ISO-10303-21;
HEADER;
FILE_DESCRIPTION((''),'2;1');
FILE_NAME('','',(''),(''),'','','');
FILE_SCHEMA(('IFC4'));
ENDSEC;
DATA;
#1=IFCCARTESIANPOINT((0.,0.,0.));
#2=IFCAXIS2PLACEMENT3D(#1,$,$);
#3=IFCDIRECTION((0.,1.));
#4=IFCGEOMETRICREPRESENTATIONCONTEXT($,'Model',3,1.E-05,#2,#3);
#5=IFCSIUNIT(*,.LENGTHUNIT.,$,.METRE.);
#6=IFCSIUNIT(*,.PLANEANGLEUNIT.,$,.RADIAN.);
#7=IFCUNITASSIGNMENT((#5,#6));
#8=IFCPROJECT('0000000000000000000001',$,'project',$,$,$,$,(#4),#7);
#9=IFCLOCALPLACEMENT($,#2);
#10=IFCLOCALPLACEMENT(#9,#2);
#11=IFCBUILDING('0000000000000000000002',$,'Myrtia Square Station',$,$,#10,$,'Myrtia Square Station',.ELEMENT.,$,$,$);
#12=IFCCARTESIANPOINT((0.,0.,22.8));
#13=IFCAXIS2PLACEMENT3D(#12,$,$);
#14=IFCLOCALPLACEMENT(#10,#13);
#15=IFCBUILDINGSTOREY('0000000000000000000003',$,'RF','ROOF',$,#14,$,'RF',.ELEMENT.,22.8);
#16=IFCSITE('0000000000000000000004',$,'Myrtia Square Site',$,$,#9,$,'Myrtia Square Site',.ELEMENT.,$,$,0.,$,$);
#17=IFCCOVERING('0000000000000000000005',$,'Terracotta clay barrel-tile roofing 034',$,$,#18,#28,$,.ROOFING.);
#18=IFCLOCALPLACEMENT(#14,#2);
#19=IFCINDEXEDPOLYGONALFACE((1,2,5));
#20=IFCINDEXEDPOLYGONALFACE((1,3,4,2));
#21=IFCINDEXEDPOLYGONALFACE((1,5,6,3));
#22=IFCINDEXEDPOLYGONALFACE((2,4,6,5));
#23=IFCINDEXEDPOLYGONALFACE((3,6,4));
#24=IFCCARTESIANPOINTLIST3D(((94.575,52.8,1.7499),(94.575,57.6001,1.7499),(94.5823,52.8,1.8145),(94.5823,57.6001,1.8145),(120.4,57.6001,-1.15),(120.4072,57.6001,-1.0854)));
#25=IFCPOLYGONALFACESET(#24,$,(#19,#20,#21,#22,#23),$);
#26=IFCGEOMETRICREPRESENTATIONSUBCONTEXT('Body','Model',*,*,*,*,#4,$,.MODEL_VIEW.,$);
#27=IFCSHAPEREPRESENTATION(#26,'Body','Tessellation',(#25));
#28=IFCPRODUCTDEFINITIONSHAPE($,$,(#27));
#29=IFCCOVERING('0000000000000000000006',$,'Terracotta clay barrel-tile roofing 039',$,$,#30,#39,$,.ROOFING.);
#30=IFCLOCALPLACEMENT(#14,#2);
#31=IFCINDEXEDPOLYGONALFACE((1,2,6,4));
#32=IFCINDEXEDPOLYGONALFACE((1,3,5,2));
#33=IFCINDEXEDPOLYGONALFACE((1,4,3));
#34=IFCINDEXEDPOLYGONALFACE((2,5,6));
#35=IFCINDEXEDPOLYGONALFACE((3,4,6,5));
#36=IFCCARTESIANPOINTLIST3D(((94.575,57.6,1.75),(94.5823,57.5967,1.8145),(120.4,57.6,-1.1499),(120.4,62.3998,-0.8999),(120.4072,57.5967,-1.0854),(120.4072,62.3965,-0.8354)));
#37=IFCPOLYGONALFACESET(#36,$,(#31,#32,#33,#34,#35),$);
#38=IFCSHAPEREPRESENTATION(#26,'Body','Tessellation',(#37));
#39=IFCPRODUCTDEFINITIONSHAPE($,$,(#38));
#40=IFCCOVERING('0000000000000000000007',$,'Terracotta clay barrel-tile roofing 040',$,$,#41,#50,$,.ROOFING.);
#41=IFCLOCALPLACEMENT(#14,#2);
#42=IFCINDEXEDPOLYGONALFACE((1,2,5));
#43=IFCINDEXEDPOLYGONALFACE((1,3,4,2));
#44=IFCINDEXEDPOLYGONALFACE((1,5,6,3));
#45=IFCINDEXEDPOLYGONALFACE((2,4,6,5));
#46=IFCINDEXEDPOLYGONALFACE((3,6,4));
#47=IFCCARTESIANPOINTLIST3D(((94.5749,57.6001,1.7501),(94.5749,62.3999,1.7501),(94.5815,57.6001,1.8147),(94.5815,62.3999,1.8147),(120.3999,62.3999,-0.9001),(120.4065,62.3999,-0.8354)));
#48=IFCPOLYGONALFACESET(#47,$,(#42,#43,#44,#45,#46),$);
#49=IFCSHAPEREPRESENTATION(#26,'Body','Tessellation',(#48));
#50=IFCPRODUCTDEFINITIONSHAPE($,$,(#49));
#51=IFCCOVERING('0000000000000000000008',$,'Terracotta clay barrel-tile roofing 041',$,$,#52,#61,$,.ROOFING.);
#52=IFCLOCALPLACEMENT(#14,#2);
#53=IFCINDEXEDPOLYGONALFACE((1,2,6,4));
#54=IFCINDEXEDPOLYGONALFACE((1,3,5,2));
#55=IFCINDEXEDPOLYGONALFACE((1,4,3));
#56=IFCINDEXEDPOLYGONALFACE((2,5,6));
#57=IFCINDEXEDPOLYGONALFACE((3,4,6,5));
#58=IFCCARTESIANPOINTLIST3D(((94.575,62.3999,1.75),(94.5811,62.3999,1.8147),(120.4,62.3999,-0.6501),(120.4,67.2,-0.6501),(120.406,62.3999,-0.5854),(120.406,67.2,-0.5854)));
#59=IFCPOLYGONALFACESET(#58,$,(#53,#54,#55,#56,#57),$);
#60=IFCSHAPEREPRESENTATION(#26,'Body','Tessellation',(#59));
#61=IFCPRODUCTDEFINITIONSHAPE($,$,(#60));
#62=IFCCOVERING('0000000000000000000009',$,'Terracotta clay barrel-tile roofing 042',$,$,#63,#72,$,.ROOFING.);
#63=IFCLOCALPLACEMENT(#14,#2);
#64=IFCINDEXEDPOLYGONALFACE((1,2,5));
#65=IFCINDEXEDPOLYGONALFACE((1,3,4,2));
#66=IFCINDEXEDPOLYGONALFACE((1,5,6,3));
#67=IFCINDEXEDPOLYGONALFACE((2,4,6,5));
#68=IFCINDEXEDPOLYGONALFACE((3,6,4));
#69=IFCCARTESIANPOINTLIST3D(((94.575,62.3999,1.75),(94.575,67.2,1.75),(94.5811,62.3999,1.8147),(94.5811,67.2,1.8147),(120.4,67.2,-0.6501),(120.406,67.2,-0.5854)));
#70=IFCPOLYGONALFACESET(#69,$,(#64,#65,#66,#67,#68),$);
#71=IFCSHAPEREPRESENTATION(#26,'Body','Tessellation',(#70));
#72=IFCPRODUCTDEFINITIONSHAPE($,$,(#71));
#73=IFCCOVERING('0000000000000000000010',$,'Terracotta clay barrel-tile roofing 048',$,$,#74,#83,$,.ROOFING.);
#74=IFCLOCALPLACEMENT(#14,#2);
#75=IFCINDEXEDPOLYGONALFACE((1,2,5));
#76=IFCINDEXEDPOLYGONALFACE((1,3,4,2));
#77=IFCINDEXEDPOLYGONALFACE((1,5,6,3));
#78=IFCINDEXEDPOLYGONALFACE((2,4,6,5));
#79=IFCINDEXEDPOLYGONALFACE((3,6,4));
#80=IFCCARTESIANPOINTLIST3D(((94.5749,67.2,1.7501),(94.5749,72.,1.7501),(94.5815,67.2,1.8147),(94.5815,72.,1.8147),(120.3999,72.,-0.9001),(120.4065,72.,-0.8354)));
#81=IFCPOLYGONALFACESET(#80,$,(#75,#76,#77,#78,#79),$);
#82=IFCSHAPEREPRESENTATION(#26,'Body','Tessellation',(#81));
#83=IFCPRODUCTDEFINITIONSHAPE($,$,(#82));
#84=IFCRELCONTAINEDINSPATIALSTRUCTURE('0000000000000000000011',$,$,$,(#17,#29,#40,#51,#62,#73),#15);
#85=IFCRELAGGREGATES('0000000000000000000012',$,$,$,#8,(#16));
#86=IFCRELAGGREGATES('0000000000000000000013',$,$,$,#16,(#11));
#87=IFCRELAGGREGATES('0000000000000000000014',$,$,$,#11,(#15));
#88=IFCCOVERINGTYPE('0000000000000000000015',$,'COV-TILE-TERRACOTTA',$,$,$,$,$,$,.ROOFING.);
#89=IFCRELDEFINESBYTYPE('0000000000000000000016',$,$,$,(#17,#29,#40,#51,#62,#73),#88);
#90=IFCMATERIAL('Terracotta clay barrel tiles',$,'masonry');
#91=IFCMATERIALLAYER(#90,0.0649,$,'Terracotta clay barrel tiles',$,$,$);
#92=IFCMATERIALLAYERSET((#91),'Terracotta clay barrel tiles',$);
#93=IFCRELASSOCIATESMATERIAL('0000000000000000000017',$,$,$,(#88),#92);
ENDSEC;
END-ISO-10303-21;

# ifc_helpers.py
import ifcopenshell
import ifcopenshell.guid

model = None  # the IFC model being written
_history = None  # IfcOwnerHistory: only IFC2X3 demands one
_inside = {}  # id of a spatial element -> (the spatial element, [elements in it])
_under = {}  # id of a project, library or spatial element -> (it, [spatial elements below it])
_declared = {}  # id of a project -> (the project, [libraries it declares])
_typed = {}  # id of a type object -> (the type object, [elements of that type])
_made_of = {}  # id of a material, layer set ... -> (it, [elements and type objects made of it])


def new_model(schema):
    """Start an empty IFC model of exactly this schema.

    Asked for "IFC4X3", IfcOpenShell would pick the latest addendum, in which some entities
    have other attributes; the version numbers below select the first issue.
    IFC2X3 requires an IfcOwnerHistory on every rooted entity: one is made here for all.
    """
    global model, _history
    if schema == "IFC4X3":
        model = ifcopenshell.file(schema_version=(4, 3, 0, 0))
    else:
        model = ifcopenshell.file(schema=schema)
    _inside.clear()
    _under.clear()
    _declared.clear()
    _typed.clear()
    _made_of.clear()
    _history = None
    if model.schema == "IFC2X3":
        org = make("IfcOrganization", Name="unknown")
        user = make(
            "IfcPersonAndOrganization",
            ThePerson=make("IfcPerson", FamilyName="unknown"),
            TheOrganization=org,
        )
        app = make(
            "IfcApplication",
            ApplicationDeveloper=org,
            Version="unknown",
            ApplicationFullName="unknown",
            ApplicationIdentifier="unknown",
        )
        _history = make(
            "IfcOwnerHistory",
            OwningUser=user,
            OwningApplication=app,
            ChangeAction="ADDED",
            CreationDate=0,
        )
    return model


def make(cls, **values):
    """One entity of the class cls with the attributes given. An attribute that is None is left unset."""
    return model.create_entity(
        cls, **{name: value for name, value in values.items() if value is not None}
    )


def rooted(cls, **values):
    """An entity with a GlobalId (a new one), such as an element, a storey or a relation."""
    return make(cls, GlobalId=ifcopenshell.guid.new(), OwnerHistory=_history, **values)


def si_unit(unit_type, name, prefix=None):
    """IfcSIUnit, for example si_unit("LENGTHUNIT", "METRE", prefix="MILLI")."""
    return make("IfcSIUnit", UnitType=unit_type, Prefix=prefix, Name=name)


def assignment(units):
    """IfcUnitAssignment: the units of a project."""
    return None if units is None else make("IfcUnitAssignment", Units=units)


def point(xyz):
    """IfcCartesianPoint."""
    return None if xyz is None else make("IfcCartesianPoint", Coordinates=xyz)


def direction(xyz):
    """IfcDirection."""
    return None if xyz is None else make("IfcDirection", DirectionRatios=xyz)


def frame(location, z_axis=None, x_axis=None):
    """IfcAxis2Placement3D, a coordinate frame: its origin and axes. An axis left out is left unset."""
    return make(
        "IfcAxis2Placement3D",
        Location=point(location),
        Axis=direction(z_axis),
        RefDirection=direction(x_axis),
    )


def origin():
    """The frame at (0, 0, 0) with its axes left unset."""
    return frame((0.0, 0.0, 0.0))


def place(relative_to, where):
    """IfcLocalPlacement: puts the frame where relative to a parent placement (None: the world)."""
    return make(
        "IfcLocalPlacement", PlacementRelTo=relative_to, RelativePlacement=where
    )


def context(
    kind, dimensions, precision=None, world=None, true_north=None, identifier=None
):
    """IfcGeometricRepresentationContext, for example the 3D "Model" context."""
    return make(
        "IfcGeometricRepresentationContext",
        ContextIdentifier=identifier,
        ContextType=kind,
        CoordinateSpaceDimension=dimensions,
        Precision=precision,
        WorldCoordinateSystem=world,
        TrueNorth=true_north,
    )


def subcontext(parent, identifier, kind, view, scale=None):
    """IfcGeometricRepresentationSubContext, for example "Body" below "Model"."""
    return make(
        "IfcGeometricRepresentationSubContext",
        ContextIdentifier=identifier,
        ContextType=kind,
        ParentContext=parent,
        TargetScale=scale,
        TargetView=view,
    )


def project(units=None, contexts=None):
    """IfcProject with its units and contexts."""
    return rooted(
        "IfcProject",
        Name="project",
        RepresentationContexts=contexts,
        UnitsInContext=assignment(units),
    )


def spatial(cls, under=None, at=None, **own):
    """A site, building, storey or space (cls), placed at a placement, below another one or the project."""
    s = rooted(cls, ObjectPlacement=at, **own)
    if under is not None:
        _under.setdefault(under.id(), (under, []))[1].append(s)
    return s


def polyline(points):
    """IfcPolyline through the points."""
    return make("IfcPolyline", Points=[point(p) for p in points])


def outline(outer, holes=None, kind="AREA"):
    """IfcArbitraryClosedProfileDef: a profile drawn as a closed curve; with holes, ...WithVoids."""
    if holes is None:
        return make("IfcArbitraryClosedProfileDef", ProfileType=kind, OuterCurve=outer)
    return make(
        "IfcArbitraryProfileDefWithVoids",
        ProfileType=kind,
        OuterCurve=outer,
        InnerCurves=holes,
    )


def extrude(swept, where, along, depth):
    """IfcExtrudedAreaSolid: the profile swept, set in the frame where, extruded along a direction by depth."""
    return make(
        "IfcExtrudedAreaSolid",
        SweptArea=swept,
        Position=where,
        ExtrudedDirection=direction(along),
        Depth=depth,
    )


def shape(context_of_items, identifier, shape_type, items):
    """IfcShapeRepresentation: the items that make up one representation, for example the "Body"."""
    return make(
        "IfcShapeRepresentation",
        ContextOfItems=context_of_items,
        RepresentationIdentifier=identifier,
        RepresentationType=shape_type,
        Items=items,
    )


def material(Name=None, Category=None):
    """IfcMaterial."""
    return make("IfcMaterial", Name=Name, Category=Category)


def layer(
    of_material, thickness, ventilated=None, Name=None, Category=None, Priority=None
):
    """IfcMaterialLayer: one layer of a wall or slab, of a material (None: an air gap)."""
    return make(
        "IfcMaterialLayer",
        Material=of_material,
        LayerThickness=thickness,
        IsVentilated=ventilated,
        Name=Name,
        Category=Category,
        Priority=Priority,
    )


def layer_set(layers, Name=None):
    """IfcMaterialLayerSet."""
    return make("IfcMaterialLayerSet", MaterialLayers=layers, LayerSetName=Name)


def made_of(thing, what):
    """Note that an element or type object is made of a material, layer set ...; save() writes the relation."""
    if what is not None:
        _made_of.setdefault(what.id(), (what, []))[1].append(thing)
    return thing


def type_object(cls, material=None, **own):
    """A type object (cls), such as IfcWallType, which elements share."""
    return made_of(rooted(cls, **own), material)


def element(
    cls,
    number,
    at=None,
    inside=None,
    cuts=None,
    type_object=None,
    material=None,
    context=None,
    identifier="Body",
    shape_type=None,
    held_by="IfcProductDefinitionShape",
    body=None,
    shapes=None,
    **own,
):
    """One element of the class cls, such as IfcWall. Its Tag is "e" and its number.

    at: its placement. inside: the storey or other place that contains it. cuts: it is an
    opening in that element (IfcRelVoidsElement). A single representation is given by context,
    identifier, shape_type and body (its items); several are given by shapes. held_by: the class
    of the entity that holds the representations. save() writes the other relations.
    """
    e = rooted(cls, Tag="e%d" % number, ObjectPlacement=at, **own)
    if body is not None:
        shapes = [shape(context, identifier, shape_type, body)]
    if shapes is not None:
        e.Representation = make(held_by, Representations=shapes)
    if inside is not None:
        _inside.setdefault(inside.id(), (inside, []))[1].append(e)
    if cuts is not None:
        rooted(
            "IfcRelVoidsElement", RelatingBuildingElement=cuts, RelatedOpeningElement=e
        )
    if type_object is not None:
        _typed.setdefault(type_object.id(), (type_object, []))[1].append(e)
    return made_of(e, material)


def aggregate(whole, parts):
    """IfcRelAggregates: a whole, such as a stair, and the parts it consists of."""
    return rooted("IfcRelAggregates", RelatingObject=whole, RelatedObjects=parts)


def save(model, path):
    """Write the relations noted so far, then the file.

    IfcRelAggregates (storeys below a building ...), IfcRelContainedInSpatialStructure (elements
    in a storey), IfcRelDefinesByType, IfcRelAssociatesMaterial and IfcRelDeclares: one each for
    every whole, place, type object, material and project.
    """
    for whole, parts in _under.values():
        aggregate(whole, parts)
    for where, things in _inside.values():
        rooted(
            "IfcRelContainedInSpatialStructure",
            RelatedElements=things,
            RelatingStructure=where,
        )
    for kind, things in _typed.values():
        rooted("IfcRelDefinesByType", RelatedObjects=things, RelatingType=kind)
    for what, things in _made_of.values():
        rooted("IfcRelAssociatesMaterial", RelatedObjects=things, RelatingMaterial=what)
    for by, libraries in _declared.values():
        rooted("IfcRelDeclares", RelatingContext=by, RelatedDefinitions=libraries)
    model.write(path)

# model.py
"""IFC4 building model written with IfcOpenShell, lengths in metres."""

from ifc_helpers import new_model, si_unit, direction, frame, origin, place, context, subcontext, project, spatial, polyline, outline, extrude, material, layer, layer_set, type_object, element, save


model = new_model("IFC4")

# Units and contexts
model_context = context("Model", 3, precision=1e-05, world=origin(), true_north=direction((0.0, 1.0)))
body_context = subcontext(model_context, "Body", "Model", "MODEL_VIEW")
ifc_project = project(units=[si_unit("LENGTHUNIT", "METRE"), si_unit("PLANEANGLEUNIT", "RADIAN")], contexts=[model_context])

# Site, building, storey
site_placement = place(None, origin())
site = spatial("IfcSite", under=ifc_project, at=site_placement, Name="Myrtia Square Site", LongName="Myrtia Square Site", CompositionType="ELEMENT", RefElevation=0.0)
building_placement = place(site_placement, origin())
building = spatial("IfcBuilding", under=site, at=building_placement, Name="Myrtia Square Station", LongName="Myrtia Square Station", CompositionType="ELEMENT")
storey_placement = place(building_placement, frame((0.0, 0.0, 22.8)))
storey = spatial("IfcBuildingStorey", under=building, at=storey_placement, Name="RF", Description="ROOF", LongName="RF", CompositionType="ELEMENT", Elevation=22.8)

# Coverings
ifc_material_1 = material(Name="Terracotta clay barrel tiles", Category="masonry")
ifc_layer_1 = layer(ifc_material_1, 0.0649, Name="Terracotta clay barrel tiles")
ifc_layer_set_1 = layer_set([ifc_layer_1], Name="Terracotta clay barrel tiles")
covering_type = type_object("IfcCoveringType", Name="COV-TILE-TERRACOTTA", PredefinedType="ROOFING", material=ifc_layer_set_1)
covering_1_placement = place(storey_placement, frame((94.5823, 52.8, 1.8145), z_axis=(0.111589, 0.0, 0.993754), x_axis=(0.977224, 0.181635, -0.109733)))
element("IfcCovering", 1, at=covering_1_placement, inside=storey, type_object=covering_type, Name="Terracotta clay barrel-tile roofing 034", PredefinedType="ROOFING", context=body_context, shape_type="SweptSolid", body=[
    extrude(outline(polyline([(0.0, 0.0), (26.4268, 0.0), (0.8719, 4.7202), (0.0, 0.0)])), origin(), (0.0, 0.0, -1.0), 0.0649),
])
covering_2_placement = place(storey_placement, frame((94.5823, 57.5967, 1.8145), z_axis=(0.11144, -0.051691, 0.992426), x_axis=(0.993754, 0.0, -0.111589)))
element("IfcCovering", 2, at=covering_2_placement, inside=storey, type_object=covering_type, Name="Terracotta clay barrel-tile roofing 039", PredefinedType="ROOFING", context=body_context, shape_type="SweptSolid", body=[
    extrude(outline(polyline([(0.0, 0.0), (25.9873, 0.0), (25.9594, 4.8062), (0.0, 0.0)])), origin(), (0.0, 0.0, -1.0), 0.0649),
])
covering_3_placement = place(storey_placement, frame((94.5815, 57.6001, 1.8147), z_axis=(0.102084, 0.0, 0.994776), x_axis=(0.978197, 0.181807, -0.100382)))
element("IfcCovering", 3, at=covering_3_placement, inside=storey, type_object=covering_type, Name="Terracotta clay barrel-tile roofing 040", PredefinedType="ROOFING", context=body_context, shape_type="SweptSolid", body=[
    extrude(outline(polyline([(0.0, 0.0), (26.4006, 0.0), (0.8726, 4.7198), (0.0, 0.0)])), origin(), (0.0, 0.0, -1.0), 0.0649),
])
covering_4_placement = place(storey_placement, frame((94.5811, 62.3999, 1.8147), z_axis=(0.09254, 0.0, 0.995709), x_axis=(0.995709, 0.0, -0.09254)))
element("IfcCovering", 4, at=covering_4_placement, inside=storey, type_object=covering_type, Name="Terracotta clay barrel-tile roofing 041", PredefinedType="ROOFING", context=body_context, shape_type="SweptSolid", body=[
    extrude(outline(polyline([(0.0, 0.0), (25.9362, 0.0), (25.9362, 4.8), (0.0, 0.0)])), origin(), (0.0, 0.0, -1.0), 0.0649),
])
covering_5_placement = place(storey_placement, frame((94.5811, 62.3999, 1.8147), z_axis=(0.09254, 0.0, 0.995709), x_axis=(0.979083, 0.181981, -0.090995)))
element("IfcCovering", 5, at=covering_5_placement, inside=storey, type_object=covering_type, Name="Terracotta clay barrel-tile roofing 042", PredefinedType="ROOFING", context=body_context, shape_type="SweptSolid", body=[
    extrude(outline(polyline([(0.0, 0.0), (26.3767, 0.0), (0.8735, 4.7199), (0.0, 0.0)])), origin(), (0.0, 0.0, -1.0), 0.0649),
])
covering_6_placement = place(storey_placement, frame((94.5815, 67.2, 1.8147), z_axis=(0.102084, 0.0, 0.994776), x_axis=(0.978195, 0.181816, -0.100382)))
element("IfcCovering", 6, at=covering_6_placement, inside=storey, type_object=covering_type, Name="Terracotta clay barrel-tile roofing 048", PredefinedType="ROOFING", context=body_context, shape_type="SweptSolid", body=[
    extrude(outline(polyline([(0.0, 0.0), (26.4006, 0.0), (0.8727, 4.72), (0.0, 0.0)])), origin(), (0.0, 0.0, -1.0), 0.0649),
])

save(model, "model.ifc")
